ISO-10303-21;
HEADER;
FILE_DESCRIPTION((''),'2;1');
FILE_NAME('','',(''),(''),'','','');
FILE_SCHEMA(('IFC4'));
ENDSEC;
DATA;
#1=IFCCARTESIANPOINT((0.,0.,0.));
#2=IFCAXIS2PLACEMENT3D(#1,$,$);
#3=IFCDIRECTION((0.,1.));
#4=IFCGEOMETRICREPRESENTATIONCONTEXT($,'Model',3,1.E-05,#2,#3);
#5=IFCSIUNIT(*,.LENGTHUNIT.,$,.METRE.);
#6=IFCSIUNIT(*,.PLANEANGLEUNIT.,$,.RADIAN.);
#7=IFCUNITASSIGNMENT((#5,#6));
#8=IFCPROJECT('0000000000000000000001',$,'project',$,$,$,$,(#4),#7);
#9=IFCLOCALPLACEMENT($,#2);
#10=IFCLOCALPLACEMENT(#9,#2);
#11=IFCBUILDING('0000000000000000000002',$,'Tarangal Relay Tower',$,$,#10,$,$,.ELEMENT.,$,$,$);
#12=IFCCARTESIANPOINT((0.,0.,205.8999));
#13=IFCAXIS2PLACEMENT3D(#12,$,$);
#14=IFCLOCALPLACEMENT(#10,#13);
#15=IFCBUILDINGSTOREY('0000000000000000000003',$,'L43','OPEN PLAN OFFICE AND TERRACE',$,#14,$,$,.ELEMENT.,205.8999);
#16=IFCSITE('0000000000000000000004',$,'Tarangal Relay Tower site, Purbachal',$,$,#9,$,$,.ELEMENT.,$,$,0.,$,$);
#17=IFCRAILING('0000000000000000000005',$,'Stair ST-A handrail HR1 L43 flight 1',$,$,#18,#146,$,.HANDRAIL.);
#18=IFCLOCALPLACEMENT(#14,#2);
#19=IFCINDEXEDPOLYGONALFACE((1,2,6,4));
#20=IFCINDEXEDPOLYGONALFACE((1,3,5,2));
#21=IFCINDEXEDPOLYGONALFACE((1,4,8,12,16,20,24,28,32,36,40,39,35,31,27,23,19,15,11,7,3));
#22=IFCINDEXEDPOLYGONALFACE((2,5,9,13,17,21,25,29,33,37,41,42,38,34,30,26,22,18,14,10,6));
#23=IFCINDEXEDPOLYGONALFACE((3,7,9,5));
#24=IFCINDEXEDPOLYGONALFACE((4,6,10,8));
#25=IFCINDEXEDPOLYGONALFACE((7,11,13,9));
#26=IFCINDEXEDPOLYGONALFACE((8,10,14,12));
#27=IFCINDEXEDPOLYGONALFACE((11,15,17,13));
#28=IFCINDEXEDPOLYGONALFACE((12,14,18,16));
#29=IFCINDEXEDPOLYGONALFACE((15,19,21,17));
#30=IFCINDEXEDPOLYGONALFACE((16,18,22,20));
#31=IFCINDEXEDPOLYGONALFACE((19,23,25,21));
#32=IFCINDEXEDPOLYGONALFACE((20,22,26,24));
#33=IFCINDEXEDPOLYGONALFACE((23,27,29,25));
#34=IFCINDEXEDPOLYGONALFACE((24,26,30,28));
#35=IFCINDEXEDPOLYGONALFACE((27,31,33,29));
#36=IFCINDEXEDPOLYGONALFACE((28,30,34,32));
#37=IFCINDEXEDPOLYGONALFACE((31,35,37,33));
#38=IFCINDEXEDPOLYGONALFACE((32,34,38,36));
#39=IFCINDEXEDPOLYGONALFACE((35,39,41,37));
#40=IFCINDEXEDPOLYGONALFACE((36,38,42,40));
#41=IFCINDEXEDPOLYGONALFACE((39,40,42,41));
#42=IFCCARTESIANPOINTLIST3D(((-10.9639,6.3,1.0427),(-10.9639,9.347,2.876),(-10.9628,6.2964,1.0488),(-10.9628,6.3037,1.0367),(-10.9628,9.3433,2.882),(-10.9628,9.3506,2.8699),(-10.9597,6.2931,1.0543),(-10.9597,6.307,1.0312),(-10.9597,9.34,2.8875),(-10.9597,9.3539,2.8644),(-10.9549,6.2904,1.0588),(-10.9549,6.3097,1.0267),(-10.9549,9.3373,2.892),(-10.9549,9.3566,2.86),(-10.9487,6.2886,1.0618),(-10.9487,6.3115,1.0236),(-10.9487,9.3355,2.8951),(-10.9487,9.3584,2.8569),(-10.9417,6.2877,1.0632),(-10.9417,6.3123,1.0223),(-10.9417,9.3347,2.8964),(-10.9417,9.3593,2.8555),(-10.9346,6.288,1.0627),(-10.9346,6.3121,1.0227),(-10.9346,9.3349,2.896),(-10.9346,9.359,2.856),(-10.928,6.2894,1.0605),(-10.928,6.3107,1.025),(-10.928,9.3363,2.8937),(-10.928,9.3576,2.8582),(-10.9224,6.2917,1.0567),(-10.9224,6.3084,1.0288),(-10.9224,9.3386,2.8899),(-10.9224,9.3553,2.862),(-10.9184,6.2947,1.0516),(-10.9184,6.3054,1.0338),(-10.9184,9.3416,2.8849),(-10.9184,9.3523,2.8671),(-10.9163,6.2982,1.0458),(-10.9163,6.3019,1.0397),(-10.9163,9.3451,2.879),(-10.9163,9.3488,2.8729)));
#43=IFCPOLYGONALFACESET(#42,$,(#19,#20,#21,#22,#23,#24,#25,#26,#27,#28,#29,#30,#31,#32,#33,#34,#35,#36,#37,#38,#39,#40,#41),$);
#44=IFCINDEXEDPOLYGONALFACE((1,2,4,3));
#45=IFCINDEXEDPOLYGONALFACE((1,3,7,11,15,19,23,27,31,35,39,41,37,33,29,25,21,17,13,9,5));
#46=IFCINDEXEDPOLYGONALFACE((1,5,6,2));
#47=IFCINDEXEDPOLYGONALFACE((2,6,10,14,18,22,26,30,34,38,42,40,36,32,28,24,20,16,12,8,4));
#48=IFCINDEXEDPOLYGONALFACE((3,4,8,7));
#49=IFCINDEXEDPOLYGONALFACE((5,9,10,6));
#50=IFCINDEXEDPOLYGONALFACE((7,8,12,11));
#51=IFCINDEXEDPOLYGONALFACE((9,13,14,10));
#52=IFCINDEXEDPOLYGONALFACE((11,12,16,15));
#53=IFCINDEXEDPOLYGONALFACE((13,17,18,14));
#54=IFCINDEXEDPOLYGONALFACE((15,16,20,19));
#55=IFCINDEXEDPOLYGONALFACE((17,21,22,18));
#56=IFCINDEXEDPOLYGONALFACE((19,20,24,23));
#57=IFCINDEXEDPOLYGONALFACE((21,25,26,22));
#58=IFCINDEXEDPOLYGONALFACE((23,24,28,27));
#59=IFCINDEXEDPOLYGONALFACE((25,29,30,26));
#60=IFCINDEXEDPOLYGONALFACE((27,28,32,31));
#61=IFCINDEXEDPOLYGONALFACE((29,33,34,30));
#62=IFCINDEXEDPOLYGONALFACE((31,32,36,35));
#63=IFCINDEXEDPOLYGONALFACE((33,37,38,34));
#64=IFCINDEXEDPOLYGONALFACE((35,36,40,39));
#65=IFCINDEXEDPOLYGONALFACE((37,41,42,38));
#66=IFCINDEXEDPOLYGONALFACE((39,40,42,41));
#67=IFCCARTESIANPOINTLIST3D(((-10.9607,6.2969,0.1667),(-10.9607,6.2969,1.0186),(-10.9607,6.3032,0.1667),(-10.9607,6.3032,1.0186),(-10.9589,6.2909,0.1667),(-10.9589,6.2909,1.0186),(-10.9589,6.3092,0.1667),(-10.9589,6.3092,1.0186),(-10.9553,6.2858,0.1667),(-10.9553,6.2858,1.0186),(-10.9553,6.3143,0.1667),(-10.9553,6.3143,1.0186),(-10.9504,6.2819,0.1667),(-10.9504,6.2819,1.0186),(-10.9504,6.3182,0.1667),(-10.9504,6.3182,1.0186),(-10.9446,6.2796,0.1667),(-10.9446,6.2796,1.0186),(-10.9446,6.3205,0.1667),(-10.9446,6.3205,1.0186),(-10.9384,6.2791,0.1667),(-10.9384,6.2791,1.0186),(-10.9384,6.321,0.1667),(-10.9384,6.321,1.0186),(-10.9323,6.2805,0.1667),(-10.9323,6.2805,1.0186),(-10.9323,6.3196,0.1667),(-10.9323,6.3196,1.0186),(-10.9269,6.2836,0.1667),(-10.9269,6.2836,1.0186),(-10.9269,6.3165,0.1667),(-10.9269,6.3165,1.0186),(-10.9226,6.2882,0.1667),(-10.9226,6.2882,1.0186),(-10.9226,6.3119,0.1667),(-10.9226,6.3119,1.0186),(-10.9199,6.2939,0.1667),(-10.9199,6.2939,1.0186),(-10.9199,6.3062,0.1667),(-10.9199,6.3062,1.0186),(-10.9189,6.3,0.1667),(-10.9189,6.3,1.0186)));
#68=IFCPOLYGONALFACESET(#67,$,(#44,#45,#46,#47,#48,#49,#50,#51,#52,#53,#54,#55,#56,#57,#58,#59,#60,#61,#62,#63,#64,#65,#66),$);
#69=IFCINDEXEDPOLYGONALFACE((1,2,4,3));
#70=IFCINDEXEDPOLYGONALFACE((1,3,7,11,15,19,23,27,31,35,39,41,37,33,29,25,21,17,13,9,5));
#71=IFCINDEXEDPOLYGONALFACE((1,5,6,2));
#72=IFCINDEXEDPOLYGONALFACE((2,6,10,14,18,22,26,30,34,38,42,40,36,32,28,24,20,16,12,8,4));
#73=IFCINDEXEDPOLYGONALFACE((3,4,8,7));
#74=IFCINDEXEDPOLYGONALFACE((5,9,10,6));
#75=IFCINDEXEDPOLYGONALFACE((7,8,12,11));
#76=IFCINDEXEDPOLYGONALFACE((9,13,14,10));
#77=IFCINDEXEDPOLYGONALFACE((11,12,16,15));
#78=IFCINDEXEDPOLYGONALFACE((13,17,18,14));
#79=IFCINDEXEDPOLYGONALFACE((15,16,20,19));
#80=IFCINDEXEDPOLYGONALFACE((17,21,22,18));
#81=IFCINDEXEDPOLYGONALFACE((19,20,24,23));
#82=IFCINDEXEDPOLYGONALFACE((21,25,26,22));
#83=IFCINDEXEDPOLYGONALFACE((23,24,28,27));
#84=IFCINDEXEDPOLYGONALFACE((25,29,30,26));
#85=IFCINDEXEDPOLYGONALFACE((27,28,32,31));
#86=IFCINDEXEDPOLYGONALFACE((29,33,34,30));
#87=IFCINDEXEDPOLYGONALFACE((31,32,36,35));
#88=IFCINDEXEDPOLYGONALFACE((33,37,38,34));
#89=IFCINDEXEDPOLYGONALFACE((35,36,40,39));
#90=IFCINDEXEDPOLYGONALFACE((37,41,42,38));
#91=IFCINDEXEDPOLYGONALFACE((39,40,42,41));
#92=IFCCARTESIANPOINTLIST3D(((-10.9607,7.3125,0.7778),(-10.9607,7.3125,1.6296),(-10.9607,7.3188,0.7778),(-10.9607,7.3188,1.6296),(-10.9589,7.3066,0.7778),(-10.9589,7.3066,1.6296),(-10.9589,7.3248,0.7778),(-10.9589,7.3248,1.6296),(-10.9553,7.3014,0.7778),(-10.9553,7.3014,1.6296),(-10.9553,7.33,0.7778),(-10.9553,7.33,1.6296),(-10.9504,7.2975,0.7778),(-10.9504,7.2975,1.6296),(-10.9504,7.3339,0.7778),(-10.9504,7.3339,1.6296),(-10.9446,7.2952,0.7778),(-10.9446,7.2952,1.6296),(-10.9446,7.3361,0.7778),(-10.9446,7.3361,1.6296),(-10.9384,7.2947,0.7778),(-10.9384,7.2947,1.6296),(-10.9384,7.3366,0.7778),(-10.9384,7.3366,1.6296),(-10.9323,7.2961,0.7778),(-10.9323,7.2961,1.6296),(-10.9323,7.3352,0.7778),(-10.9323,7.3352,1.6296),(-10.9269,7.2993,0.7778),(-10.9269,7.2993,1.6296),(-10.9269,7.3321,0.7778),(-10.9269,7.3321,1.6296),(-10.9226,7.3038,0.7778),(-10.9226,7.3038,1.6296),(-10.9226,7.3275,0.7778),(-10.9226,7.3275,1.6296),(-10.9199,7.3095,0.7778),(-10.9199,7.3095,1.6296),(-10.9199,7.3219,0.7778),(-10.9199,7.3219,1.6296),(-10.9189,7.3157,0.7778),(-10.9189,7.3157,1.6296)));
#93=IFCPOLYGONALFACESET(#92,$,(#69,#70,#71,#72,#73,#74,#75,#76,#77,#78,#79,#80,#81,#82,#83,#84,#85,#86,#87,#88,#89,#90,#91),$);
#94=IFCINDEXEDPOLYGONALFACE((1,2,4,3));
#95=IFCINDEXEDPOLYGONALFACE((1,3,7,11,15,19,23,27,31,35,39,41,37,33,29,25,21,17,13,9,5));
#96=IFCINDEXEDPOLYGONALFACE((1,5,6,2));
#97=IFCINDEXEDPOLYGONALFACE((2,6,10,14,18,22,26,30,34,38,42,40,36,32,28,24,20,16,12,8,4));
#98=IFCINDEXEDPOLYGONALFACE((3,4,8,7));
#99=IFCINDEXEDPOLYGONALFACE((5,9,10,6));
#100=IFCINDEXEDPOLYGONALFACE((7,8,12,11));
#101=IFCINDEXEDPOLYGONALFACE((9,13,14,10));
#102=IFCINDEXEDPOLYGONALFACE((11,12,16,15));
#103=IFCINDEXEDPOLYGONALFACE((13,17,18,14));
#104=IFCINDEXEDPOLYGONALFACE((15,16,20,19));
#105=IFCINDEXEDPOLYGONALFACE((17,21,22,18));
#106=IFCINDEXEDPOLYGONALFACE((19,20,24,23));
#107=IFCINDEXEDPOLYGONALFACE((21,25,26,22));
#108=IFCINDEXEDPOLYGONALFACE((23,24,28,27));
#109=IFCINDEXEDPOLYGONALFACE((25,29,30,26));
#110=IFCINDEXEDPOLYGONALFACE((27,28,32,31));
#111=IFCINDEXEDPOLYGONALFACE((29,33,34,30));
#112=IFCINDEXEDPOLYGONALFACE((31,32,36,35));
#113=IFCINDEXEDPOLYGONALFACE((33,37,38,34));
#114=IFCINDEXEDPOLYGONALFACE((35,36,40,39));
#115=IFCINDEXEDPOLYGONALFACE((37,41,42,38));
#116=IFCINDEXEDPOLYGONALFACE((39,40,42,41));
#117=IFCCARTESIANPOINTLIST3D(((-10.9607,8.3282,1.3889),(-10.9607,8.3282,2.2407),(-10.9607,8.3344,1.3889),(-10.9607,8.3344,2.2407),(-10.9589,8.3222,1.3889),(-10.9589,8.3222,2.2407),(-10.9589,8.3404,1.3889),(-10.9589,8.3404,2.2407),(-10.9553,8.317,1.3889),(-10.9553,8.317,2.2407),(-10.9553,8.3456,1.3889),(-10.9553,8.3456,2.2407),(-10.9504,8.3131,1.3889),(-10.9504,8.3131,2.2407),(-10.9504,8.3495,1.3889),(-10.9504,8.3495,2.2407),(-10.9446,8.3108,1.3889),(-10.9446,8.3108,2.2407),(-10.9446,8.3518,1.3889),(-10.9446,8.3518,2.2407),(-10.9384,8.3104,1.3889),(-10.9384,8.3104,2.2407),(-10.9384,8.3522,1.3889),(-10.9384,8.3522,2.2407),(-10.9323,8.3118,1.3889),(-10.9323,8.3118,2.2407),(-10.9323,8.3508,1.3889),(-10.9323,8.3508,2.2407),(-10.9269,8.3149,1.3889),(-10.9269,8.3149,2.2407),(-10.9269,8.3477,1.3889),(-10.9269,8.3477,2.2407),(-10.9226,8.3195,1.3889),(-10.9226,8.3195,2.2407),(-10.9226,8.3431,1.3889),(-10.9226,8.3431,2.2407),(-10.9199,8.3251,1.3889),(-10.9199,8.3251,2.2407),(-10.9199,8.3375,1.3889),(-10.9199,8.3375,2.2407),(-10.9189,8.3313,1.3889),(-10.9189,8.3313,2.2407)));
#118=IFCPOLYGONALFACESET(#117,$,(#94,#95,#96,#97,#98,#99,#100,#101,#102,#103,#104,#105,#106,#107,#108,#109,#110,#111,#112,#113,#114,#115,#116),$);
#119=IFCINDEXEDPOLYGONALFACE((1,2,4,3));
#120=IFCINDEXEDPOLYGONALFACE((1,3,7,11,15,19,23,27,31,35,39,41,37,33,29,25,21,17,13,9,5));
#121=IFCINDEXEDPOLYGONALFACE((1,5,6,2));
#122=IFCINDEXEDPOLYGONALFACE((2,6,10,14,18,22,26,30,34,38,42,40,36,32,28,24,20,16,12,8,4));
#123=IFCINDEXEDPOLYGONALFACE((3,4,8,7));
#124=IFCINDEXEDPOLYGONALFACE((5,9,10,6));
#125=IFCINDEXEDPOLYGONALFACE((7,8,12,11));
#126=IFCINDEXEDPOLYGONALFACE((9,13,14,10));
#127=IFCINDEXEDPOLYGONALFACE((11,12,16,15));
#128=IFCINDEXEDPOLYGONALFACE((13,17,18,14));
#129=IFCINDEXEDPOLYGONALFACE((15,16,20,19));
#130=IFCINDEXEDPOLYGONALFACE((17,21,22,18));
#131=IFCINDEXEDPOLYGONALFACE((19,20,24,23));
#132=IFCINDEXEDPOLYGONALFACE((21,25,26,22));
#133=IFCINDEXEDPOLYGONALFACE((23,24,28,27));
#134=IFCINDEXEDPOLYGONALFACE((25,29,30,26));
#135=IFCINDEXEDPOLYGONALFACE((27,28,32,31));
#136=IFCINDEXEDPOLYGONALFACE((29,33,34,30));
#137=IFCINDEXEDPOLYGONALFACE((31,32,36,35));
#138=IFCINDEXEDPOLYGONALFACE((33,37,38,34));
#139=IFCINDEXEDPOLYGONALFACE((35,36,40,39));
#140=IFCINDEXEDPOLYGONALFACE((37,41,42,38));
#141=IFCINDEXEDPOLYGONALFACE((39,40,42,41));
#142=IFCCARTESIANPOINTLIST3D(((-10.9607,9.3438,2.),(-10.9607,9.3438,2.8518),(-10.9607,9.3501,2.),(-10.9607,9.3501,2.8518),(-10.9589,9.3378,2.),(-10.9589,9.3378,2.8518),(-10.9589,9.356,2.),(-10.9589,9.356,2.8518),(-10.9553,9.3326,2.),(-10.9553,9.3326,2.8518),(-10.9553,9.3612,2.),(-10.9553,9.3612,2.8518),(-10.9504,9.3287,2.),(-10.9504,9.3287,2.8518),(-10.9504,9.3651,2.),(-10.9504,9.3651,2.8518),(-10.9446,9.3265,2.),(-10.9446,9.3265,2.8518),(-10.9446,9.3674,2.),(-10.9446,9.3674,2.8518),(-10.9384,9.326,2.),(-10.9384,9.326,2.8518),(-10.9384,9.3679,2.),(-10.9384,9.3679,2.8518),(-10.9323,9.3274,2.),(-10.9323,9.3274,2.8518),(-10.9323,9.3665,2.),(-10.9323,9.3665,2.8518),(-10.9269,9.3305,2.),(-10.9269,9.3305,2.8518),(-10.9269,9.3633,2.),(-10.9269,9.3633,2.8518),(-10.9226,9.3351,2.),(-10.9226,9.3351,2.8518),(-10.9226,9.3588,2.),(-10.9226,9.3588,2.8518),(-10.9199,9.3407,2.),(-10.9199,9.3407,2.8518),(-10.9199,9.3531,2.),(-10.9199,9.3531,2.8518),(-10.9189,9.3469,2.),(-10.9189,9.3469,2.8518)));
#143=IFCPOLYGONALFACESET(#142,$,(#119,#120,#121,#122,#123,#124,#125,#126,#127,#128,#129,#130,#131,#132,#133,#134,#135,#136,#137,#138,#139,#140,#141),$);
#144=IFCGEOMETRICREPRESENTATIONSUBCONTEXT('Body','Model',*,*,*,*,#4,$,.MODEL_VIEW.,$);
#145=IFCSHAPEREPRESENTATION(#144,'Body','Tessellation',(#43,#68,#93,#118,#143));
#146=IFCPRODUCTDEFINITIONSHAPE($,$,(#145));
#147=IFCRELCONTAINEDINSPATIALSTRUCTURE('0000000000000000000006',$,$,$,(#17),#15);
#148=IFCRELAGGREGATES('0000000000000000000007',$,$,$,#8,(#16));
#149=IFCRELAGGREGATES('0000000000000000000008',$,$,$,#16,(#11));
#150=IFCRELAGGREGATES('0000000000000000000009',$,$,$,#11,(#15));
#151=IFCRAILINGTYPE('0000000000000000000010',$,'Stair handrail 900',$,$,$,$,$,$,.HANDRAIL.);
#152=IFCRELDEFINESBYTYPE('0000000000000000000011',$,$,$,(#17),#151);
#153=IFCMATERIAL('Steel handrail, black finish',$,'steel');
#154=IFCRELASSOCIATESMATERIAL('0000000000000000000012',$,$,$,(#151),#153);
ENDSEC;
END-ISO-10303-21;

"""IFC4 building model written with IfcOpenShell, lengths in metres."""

from ifc_helpers import new_model, si_unit, direction, frame, origin, origin_2d, place, context, subcontext, project, spatial, circle, extrude, material, type_object, element, save


model = new_model("IFC4")

# Units and contexts
model_context = context("Model", 3, precision=1e-05, world=origin(), true_north=direction((0.0, 1.0)))
body_context = subcontext(model_context, "Body", "Model", "MODEL_VIEW")
ifc_project = project(units=[si_unit("LENGTHUNIT", "METRE"), si_unit("PLANEANGLEUNIT", "RADIAN")], contexts=[model_context])

# Site, building, storey
site_placement = place(None, origin())
site = spatial("IfcSite", under=ifc_project, at=site_placement, Name="Tarangal Relay Tower site, Purbachal", CompositionType="ELEMENT", RefElevation=0.0)
building_placement = place(site_placement, origin())
building = spatial("IfcBuilding", under=site, at=building_placement, Name="Tarangal Relay Tower", CompositionType="ELEMENT")
storey_placement = place(building_placement, frame((0.0, 0.0, 205.8999)))
storey = spatial("IfcBuildingStorey", under=building, at=storey_placement, Name="L43", Description="OPEN PLAN OFFICE AND TERRACE", CompositionType="ELEMENT", Elevation=205.8999)

# Railing
ifc_material_1 = material(Name="Steel handrail, black finish", Category="steel")
railing_type_1 = type_object("IfcRailingType", Name="Stair handrail 900", PredefinedType="HANDRAIL", material=ifc_material_1)
railing_1_placement = place(storey_placement, frame((-10.9399, 6.3, 0.1667)))
element("IfcRailing", 1, at=railing_1_placement, inside=storey, type_object=railing_type_1, Name="Stair ST-A handrail HR1 L43 flight 1", PredefinedType="HANDRAIL", context=body_context, shape_type="SweptSolid", body=[
    extrude(circle(Radius=0.0239, at=origin_2d()), frame((0.0, 0.0, 0.876), z_axis=(0.0, 0.856856, 0.515556), x_axis=(-1.0, 0.0, 0.0)), (0.0, 0.0, 1.0), 3.5559),
    extrude(circle(Radius=0.021, at=origin_2d()), origin(), (0.0, 0.0, 1.0), 0.8518),
    extrude(circle(Radius=0.021, at=origin_2d()), frame((0.0, 1.0156, 0.6111)), (0.0, 0.0, 1.0), 0.8518),
    extrude(circle(Radius=0.021, at=origin_2d()), frame((0.0, 2.0312, 1.2222)), (0.0, 0.0, 1.0), 0.8518),
    extrude(circle(Radius=0.021, at=origin_2d()), frame((0.0, 3.0469, 1.8333)), (0.0, 0.0, 1.0), 0.8518),
])

save(model, "model.ifc")
